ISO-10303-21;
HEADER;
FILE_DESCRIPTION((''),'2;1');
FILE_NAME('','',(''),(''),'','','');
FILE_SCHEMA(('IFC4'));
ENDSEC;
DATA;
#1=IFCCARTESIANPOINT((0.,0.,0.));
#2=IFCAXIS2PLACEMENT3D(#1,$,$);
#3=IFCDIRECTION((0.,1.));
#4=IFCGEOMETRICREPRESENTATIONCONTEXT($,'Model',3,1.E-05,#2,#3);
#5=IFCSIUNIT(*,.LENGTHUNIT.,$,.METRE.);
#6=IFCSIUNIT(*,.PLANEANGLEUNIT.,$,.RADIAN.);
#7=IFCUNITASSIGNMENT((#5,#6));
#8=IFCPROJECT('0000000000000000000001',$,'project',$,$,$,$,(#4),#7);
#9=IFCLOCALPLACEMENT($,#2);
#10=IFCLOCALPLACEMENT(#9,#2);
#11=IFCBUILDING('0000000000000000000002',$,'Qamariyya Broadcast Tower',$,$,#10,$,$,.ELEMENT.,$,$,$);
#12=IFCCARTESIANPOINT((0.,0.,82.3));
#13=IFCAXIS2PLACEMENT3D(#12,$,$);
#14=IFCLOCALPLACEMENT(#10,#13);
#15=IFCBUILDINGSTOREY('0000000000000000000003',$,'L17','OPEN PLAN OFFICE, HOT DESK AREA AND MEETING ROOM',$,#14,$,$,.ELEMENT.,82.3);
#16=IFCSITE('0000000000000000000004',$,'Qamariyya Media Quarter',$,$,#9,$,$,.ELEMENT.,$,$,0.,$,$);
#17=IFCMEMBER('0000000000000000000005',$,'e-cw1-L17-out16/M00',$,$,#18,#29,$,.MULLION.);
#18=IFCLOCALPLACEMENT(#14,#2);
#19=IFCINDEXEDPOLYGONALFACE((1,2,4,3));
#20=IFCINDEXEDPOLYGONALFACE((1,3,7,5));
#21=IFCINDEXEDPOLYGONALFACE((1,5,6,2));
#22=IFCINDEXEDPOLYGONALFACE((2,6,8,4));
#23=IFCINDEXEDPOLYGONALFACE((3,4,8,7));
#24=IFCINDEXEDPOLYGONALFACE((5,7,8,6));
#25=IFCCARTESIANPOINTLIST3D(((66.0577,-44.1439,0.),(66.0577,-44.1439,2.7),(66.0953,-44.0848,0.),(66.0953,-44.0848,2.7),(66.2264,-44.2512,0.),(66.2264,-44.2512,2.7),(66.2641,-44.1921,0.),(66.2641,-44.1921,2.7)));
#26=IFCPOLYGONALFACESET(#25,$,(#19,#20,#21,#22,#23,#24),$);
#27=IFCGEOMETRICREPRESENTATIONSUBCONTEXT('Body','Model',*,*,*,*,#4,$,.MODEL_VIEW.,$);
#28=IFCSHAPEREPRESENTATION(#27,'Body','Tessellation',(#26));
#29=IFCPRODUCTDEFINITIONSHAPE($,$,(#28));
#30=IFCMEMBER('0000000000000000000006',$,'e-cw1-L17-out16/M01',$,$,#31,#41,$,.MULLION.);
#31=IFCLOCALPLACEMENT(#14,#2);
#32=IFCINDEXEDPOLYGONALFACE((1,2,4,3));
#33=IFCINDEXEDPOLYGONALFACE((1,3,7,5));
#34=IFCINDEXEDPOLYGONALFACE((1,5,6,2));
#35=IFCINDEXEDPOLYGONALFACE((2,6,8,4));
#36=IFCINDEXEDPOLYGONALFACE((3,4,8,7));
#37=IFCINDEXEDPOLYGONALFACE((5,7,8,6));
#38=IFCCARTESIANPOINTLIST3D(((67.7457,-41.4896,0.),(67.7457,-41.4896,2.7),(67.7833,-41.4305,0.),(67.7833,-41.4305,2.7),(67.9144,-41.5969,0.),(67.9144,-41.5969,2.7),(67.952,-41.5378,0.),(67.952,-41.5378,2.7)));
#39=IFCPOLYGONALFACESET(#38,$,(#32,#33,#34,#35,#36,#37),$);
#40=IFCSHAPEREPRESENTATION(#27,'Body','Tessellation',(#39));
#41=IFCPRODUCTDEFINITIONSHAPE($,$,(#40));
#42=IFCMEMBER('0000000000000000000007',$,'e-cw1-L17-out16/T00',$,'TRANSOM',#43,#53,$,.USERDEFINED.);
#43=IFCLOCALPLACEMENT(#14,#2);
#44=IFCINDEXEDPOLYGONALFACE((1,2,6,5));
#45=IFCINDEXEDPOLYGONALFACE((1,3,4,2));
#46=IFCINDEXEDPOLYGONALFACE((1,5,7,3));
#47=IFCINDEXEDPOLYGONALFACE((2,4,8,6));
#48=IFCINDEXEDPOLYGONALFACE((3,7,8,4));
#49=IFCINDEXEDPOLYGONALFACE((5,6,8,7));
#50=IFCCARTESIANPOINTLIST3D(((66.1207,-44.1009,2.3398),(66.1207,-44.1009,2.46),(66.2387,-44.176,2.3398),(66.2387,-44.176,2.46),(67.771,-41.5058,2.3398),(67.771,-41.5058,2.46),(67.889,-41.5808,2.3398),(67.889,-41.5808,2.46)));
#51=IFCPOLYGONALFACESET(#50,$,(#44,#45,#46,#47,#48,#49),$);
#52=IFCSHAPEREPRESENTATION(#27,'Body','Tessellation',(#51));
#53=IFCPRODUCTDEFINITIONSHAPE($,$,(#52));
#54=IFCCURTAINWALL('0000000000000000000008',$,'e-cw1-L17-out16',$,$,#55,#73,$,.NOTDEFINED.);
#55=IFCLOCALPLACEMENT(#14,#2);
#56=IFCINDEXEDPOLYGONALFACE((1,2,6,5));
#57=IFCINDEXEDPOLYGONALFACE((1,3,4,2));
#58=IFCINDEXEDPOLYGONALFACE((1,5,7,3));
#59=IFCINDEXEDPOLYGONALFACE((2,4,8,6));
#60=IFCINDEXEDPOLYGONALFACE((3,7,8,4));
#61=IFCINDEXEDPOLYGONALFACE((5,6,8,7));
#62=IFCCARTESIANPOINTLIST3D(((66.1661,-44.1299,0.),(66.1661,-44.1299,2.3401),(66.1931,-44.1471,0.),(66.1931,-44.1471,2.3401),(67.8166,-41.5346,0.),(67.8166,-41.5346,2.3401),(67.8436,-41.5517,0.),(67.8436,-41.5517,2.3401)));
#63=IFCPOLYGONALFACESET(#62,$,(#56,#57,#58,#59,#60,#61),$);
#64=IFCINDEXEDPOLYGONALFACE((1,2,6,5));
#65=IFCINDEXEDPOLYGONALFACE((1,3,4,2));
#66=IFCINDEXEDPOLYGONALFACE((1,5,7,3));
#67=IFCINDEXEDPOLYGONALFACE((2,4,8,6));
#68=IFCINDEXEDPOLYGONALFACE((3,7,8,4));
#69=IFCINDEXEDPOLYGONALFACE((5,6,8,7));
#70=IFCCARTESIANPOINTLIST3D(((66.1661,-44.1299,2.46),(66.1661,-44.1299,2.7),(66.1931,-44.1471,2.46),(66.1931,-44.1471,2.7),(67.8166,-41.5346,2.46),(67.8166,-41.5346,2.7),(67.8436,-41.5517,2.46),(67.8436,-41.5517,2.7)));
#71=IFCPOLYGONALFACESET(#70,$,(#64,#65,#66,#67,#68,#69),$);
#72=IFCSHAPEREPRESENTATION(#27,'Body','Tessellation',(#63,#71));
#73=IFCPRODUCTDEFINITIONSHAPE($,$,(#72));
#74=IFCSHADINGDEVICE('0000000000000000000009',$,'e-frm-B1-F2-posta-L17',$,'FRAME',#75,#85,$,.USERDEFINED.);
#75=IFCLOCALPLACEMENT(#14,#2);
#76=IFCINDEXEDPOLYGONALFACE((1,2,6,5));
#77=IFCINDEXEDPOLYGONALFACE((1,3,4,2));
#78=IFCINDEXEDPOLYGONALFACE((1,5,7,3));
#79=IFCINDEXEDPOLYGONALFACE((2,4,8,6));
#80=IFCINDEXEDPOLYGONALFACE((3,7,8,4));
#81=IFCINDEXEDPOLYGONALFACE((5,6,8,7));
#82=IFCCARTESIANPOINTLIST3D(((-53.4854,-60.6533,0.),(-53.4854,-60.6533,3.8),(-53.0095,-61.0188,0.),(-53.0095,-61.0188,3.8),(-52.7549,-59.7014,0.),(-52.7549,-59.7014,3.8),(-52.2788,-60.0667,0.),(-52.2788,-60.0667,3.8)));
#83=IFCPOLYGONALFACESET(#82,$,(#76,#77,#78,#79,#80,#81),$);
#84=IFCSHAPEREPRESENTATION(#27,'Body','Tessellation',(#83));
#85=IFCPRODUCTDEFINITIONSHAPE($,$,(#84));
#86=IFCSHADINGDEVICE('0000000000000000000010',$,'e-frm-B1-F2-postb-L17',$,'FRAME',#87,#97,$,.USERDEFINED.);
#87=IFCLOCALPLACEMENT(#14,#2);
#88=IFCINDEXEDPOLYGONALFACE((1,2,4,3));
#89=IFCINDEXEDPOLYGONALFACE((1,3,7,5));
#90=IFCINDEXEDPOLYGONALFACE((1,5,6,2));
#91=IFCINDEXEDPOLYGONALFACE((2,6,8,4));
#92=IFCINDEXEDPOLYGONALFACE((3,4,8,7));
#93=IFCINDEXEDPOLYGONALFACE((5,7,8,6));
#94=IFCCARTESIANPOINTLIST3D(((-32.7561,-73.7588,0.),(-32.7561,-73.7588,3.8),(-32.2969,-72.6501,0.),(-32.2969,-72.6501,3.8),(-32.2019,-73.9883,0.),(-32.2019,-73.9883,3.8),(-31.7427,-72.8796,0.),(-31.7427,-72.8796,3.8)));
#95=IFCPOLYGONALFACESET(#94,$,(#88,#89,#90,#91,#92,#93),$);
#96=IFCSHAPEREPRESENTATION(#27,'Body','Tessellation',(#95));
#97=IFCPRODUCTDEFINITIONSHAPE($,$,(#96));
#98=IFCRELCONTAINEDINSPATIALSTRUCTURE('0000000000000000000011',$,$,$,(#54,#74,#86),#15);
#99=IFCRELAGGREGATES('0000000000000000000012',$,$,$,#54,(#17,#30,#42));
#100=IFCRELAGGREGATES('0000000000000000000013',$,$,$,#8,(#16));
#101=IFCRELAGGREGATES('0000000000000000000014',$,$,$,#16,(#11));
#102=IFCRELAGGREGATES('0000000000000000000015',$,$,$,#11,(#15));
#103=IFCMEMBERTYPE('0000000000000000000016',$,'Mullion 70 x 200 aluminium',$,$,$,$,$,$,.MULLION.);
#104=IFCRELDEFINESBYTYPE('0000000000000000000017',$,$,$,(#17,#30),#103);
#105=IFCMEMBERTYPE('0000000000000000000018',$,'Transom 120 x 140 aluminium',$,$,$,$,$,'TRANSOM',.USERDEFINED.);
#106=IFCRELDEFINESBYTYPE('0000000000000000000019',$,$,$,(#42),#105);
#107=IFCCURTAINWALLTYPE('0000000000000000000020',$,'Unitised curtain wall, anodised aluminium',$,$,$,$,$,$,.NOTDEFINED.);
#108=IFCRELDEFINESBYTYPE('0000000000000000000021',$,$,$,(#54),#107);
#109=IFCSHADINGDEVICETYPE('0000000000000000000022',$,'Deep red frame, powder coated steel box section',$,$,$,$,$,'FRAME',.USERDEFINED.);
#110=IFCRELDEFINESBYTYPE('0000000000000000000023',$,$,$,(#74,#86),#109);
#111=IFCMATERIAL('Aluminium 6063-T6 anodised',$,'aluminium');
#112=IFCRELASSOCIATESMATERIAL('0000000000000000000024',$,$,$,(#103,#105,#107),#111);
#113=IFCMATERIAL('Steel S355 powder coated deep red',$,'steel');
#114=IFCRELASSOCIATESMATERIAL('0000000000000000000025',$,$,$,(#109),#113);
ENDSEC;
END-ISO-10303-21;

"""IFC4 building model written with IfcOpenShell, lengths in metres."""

from ifc_helpers import new_model, si_unit, direction, frame, origin, origin_2d, place, context, subcontext, project, spatial, polyline, rectangle, outline, extrude, material, material_profile, profile_set, type_object, element, aggregate, save


model = new_model("IFC4")

# Units and contexts
model_context = context("Model", 3, precision=1e-05, world=origin(), true_north=direction((0.0, 1.0)))
body_context = subcontext(model_context, "Body", "Model", "MODEL_VIEW")
ifc_project = project(units=[si_unit("LENGTHUNIT", "METRE"), si_unit("PLANEANGLEUNIT", "RADIAN")], contexts=[model_context])

# Members
ifc_material_1 = material(Name="Aluminium 6063-T6 anodised", Category="aluminium")
ifc_material_profile_1 = material_profile(ifc_material_1, rectangle(XDim=0.2, YDim=0.0701, at=origin_2d()))
ifc_profile_set_1 = profile_set([ifc_material_profile_1], Name="Aluminium 6063-T6 anodised")
member_type_1 = type_object("IfcMemberType", Name="Mullion 70 x 200 aluminium", PredefinedType="MULLION", material=ifc_profile_set_1)
site_placement = place(None, origin())
building_placement = place(site_placement, origin())
storey_placement = place(building_placement, frame((0.0, 0.0, 82.3)))
member_1_placement = place(storey_placement, frame((66.1609, -44.168, 0.0), z_axis=(0.0, 0.0, 1.0), x_axis=(-0.843814, 0.536635, 0.0)))
member_1 = element("IfcMember", 1, at=member_1_placement, type_object=member_type_1, Name="e-cw1-L17-out16/M00", PredefinedType="MULLION", context=body_context, shape_type="SweptSolid", body=[
    extrude(rectangle(XDim=0.2, YDim=0.0701, at=origin_2d()), origin(), (0.0, 0.0, 1.0), 2.7),
])
member_2_placement = place(storey_placement, frame((67.8489, -41.5137, 0.0), z_axis=(0.0, 0.0, 1.0), x_axis=(-0.843814, 0.536635, 0.0)))
member_2 = element("IfcMember", 2, at=member_2_placement, type_object=member_type_1, Name="e-cw1-L17-out16/M01", PredefinedType="MULLION", context=body_context, shape_type="SweptSolid", body=[
    extrude(rectangle(XDim=0.2, YDim=0.0701, at=origin_2d()), origin(), (0.0, 0.0, 1.0), 2.7),
])
ifc_material_profile_2 = material_profile(ifc_material_1, rectangle(XDim=0.1399, YDim=0.1201, at=origin_2d()))
ifc_profile_set_2 = profile_set([ifc_material_profile_2], Name="Aluminium 6063-T6 anodised")
member_type_2 = type_object("IfcMemberType", Name="Transom 120 x 140 aluminium", ElementType="TRANSOM", PredefinedType="USERDEFINED", material=ifc_profile_set_2)
member_3_placement = place(storey_placement, frame((66.1797, -44.1384, 2.3999), z_axis=(0.536619, 0.843825, 0.0), x_axis=(-0.843825, 0.536619, 0.0)))
member_3 = element("IfcMember", 3, at=member_3_placement, type_object=member_type_2, Name="e-cw1-L17-out16/T00", ObjectType="TRANSOM", PredefinedType="USERDEFINED", context=body_context, shape_type="SweptSolid", body=[
    extrude(rectangle(XDim=0.1399, YDim=0.1201, at=origin_2d()), origin(), (0.0, 0.0, 1.0), 3.0754),
])

# Site, building, storey
site = spatial("IfcSite", under=ifc_project, at=site_placement, Name="Qamariyya Media Quarter", CompositionType="ELEMENT", RefElevation=0.0)
building = spatial("IfcBuilding", under=site, at=building_placement, Name="Qamariyya Broadcast Tower", CompositionType="ELEMENT")
storey = spatial("IfcBuildingStorey", under=building, at=storey_placement, Name="L17", Description="OPEN PLAN OFFICE, HOT DESK AREA AND MEETING ROOM", CompositionType="ELEMENT", Elevation=82.3)

# Curtain wall
curtain_wall_type = type_object("IfcCurtainWallType", Name="Unitised curtain wall, anodised aluminium", PredefinedType="NOTDEFINED", material=ifc_material_1)
curtain_wall_1_placement = place(storey_placement, origin())
curtain_wall_1 = element("IfcCurtainWall", 4, at=curtain_wall_1_placement, inside=storey, type_object=curtain_wall_type, Name="e-cw1-L17-out16", PredefinedType="NOTDEFINED", context=body_context, shape_type="SweptSolid", body=[
    extrude(rectangle(XDim=3.0757, YDim=0.032, at=origin_2d()), frame((67.0049, -42.8408, 0.0), x_axis=(0.53663, 0.843818, 0.0)), (0.0, 0.0, 1.0), 2.3401),
    extrude(rectangle(XDim=3.0757, YDim=0.032, at=origin_2d()), frame((67.0049, -42.8408, 2.46), x_axis=(0.53663, 0.843818, 0.0)), (0.0, 0.0, 1.0), 0.24),
])
aggregate(curtain_wall_1, [member_1, member_2, member_3])

# Shading devices
ifc_material_2 = material(Name="Steel S355 powder coated deep red", Category="steel")
shading_device_type = type_object("IfcShadingDeviceType", Name="Deep red frame, powder coated steel box section", ElementType="FRAME", PredefinedType="USERDEFINED", material=ifc_material_2)
shading_device_1_placement = place(storey_placement, origin())
element("IfcShadingDevice", 5, at=shading_device_1_placement, inside=storey, type_object=shading_device_type, Name="e-frm-B1-F2-posta-L17", ObjectType="FRAME", PredefinedType="USERDEFINED", context=body_context, shape_type="SweptSolid", body=[
    extrude(outline(polyline([(-52.7549, -59.7014), (-53.4854, -60.6533), (-53.0095, -61.0188), (-52.2788, -60.0667), (-52.7549, -59.7014)])), origin(), (0.0, 0.0, 1.0), 3.8),
])
shading_device_2_placement = place(storey_placement, origin())
element("IfcShadingDevice", 6, at=shading_device_2_placement, inside=storey, type_object=shading_device_type, Name="e-frm-B1-F2-postb-L17", ObjectType="FRAME", PredefinedType="USERDEFINED", context=body_context, shape_type="SweptSolid", body=[
    extrude(outline(polyline([(-32.2969, -72.6501), (-32.7561, -73.7588), (-32.2019, -73.9883), (-31.7427, -72.8796), (-32.2969, -72.6501)])), origin(), (0.0, 0.0, 1.0), 3.8),
])

save(model, "model.ifc")
